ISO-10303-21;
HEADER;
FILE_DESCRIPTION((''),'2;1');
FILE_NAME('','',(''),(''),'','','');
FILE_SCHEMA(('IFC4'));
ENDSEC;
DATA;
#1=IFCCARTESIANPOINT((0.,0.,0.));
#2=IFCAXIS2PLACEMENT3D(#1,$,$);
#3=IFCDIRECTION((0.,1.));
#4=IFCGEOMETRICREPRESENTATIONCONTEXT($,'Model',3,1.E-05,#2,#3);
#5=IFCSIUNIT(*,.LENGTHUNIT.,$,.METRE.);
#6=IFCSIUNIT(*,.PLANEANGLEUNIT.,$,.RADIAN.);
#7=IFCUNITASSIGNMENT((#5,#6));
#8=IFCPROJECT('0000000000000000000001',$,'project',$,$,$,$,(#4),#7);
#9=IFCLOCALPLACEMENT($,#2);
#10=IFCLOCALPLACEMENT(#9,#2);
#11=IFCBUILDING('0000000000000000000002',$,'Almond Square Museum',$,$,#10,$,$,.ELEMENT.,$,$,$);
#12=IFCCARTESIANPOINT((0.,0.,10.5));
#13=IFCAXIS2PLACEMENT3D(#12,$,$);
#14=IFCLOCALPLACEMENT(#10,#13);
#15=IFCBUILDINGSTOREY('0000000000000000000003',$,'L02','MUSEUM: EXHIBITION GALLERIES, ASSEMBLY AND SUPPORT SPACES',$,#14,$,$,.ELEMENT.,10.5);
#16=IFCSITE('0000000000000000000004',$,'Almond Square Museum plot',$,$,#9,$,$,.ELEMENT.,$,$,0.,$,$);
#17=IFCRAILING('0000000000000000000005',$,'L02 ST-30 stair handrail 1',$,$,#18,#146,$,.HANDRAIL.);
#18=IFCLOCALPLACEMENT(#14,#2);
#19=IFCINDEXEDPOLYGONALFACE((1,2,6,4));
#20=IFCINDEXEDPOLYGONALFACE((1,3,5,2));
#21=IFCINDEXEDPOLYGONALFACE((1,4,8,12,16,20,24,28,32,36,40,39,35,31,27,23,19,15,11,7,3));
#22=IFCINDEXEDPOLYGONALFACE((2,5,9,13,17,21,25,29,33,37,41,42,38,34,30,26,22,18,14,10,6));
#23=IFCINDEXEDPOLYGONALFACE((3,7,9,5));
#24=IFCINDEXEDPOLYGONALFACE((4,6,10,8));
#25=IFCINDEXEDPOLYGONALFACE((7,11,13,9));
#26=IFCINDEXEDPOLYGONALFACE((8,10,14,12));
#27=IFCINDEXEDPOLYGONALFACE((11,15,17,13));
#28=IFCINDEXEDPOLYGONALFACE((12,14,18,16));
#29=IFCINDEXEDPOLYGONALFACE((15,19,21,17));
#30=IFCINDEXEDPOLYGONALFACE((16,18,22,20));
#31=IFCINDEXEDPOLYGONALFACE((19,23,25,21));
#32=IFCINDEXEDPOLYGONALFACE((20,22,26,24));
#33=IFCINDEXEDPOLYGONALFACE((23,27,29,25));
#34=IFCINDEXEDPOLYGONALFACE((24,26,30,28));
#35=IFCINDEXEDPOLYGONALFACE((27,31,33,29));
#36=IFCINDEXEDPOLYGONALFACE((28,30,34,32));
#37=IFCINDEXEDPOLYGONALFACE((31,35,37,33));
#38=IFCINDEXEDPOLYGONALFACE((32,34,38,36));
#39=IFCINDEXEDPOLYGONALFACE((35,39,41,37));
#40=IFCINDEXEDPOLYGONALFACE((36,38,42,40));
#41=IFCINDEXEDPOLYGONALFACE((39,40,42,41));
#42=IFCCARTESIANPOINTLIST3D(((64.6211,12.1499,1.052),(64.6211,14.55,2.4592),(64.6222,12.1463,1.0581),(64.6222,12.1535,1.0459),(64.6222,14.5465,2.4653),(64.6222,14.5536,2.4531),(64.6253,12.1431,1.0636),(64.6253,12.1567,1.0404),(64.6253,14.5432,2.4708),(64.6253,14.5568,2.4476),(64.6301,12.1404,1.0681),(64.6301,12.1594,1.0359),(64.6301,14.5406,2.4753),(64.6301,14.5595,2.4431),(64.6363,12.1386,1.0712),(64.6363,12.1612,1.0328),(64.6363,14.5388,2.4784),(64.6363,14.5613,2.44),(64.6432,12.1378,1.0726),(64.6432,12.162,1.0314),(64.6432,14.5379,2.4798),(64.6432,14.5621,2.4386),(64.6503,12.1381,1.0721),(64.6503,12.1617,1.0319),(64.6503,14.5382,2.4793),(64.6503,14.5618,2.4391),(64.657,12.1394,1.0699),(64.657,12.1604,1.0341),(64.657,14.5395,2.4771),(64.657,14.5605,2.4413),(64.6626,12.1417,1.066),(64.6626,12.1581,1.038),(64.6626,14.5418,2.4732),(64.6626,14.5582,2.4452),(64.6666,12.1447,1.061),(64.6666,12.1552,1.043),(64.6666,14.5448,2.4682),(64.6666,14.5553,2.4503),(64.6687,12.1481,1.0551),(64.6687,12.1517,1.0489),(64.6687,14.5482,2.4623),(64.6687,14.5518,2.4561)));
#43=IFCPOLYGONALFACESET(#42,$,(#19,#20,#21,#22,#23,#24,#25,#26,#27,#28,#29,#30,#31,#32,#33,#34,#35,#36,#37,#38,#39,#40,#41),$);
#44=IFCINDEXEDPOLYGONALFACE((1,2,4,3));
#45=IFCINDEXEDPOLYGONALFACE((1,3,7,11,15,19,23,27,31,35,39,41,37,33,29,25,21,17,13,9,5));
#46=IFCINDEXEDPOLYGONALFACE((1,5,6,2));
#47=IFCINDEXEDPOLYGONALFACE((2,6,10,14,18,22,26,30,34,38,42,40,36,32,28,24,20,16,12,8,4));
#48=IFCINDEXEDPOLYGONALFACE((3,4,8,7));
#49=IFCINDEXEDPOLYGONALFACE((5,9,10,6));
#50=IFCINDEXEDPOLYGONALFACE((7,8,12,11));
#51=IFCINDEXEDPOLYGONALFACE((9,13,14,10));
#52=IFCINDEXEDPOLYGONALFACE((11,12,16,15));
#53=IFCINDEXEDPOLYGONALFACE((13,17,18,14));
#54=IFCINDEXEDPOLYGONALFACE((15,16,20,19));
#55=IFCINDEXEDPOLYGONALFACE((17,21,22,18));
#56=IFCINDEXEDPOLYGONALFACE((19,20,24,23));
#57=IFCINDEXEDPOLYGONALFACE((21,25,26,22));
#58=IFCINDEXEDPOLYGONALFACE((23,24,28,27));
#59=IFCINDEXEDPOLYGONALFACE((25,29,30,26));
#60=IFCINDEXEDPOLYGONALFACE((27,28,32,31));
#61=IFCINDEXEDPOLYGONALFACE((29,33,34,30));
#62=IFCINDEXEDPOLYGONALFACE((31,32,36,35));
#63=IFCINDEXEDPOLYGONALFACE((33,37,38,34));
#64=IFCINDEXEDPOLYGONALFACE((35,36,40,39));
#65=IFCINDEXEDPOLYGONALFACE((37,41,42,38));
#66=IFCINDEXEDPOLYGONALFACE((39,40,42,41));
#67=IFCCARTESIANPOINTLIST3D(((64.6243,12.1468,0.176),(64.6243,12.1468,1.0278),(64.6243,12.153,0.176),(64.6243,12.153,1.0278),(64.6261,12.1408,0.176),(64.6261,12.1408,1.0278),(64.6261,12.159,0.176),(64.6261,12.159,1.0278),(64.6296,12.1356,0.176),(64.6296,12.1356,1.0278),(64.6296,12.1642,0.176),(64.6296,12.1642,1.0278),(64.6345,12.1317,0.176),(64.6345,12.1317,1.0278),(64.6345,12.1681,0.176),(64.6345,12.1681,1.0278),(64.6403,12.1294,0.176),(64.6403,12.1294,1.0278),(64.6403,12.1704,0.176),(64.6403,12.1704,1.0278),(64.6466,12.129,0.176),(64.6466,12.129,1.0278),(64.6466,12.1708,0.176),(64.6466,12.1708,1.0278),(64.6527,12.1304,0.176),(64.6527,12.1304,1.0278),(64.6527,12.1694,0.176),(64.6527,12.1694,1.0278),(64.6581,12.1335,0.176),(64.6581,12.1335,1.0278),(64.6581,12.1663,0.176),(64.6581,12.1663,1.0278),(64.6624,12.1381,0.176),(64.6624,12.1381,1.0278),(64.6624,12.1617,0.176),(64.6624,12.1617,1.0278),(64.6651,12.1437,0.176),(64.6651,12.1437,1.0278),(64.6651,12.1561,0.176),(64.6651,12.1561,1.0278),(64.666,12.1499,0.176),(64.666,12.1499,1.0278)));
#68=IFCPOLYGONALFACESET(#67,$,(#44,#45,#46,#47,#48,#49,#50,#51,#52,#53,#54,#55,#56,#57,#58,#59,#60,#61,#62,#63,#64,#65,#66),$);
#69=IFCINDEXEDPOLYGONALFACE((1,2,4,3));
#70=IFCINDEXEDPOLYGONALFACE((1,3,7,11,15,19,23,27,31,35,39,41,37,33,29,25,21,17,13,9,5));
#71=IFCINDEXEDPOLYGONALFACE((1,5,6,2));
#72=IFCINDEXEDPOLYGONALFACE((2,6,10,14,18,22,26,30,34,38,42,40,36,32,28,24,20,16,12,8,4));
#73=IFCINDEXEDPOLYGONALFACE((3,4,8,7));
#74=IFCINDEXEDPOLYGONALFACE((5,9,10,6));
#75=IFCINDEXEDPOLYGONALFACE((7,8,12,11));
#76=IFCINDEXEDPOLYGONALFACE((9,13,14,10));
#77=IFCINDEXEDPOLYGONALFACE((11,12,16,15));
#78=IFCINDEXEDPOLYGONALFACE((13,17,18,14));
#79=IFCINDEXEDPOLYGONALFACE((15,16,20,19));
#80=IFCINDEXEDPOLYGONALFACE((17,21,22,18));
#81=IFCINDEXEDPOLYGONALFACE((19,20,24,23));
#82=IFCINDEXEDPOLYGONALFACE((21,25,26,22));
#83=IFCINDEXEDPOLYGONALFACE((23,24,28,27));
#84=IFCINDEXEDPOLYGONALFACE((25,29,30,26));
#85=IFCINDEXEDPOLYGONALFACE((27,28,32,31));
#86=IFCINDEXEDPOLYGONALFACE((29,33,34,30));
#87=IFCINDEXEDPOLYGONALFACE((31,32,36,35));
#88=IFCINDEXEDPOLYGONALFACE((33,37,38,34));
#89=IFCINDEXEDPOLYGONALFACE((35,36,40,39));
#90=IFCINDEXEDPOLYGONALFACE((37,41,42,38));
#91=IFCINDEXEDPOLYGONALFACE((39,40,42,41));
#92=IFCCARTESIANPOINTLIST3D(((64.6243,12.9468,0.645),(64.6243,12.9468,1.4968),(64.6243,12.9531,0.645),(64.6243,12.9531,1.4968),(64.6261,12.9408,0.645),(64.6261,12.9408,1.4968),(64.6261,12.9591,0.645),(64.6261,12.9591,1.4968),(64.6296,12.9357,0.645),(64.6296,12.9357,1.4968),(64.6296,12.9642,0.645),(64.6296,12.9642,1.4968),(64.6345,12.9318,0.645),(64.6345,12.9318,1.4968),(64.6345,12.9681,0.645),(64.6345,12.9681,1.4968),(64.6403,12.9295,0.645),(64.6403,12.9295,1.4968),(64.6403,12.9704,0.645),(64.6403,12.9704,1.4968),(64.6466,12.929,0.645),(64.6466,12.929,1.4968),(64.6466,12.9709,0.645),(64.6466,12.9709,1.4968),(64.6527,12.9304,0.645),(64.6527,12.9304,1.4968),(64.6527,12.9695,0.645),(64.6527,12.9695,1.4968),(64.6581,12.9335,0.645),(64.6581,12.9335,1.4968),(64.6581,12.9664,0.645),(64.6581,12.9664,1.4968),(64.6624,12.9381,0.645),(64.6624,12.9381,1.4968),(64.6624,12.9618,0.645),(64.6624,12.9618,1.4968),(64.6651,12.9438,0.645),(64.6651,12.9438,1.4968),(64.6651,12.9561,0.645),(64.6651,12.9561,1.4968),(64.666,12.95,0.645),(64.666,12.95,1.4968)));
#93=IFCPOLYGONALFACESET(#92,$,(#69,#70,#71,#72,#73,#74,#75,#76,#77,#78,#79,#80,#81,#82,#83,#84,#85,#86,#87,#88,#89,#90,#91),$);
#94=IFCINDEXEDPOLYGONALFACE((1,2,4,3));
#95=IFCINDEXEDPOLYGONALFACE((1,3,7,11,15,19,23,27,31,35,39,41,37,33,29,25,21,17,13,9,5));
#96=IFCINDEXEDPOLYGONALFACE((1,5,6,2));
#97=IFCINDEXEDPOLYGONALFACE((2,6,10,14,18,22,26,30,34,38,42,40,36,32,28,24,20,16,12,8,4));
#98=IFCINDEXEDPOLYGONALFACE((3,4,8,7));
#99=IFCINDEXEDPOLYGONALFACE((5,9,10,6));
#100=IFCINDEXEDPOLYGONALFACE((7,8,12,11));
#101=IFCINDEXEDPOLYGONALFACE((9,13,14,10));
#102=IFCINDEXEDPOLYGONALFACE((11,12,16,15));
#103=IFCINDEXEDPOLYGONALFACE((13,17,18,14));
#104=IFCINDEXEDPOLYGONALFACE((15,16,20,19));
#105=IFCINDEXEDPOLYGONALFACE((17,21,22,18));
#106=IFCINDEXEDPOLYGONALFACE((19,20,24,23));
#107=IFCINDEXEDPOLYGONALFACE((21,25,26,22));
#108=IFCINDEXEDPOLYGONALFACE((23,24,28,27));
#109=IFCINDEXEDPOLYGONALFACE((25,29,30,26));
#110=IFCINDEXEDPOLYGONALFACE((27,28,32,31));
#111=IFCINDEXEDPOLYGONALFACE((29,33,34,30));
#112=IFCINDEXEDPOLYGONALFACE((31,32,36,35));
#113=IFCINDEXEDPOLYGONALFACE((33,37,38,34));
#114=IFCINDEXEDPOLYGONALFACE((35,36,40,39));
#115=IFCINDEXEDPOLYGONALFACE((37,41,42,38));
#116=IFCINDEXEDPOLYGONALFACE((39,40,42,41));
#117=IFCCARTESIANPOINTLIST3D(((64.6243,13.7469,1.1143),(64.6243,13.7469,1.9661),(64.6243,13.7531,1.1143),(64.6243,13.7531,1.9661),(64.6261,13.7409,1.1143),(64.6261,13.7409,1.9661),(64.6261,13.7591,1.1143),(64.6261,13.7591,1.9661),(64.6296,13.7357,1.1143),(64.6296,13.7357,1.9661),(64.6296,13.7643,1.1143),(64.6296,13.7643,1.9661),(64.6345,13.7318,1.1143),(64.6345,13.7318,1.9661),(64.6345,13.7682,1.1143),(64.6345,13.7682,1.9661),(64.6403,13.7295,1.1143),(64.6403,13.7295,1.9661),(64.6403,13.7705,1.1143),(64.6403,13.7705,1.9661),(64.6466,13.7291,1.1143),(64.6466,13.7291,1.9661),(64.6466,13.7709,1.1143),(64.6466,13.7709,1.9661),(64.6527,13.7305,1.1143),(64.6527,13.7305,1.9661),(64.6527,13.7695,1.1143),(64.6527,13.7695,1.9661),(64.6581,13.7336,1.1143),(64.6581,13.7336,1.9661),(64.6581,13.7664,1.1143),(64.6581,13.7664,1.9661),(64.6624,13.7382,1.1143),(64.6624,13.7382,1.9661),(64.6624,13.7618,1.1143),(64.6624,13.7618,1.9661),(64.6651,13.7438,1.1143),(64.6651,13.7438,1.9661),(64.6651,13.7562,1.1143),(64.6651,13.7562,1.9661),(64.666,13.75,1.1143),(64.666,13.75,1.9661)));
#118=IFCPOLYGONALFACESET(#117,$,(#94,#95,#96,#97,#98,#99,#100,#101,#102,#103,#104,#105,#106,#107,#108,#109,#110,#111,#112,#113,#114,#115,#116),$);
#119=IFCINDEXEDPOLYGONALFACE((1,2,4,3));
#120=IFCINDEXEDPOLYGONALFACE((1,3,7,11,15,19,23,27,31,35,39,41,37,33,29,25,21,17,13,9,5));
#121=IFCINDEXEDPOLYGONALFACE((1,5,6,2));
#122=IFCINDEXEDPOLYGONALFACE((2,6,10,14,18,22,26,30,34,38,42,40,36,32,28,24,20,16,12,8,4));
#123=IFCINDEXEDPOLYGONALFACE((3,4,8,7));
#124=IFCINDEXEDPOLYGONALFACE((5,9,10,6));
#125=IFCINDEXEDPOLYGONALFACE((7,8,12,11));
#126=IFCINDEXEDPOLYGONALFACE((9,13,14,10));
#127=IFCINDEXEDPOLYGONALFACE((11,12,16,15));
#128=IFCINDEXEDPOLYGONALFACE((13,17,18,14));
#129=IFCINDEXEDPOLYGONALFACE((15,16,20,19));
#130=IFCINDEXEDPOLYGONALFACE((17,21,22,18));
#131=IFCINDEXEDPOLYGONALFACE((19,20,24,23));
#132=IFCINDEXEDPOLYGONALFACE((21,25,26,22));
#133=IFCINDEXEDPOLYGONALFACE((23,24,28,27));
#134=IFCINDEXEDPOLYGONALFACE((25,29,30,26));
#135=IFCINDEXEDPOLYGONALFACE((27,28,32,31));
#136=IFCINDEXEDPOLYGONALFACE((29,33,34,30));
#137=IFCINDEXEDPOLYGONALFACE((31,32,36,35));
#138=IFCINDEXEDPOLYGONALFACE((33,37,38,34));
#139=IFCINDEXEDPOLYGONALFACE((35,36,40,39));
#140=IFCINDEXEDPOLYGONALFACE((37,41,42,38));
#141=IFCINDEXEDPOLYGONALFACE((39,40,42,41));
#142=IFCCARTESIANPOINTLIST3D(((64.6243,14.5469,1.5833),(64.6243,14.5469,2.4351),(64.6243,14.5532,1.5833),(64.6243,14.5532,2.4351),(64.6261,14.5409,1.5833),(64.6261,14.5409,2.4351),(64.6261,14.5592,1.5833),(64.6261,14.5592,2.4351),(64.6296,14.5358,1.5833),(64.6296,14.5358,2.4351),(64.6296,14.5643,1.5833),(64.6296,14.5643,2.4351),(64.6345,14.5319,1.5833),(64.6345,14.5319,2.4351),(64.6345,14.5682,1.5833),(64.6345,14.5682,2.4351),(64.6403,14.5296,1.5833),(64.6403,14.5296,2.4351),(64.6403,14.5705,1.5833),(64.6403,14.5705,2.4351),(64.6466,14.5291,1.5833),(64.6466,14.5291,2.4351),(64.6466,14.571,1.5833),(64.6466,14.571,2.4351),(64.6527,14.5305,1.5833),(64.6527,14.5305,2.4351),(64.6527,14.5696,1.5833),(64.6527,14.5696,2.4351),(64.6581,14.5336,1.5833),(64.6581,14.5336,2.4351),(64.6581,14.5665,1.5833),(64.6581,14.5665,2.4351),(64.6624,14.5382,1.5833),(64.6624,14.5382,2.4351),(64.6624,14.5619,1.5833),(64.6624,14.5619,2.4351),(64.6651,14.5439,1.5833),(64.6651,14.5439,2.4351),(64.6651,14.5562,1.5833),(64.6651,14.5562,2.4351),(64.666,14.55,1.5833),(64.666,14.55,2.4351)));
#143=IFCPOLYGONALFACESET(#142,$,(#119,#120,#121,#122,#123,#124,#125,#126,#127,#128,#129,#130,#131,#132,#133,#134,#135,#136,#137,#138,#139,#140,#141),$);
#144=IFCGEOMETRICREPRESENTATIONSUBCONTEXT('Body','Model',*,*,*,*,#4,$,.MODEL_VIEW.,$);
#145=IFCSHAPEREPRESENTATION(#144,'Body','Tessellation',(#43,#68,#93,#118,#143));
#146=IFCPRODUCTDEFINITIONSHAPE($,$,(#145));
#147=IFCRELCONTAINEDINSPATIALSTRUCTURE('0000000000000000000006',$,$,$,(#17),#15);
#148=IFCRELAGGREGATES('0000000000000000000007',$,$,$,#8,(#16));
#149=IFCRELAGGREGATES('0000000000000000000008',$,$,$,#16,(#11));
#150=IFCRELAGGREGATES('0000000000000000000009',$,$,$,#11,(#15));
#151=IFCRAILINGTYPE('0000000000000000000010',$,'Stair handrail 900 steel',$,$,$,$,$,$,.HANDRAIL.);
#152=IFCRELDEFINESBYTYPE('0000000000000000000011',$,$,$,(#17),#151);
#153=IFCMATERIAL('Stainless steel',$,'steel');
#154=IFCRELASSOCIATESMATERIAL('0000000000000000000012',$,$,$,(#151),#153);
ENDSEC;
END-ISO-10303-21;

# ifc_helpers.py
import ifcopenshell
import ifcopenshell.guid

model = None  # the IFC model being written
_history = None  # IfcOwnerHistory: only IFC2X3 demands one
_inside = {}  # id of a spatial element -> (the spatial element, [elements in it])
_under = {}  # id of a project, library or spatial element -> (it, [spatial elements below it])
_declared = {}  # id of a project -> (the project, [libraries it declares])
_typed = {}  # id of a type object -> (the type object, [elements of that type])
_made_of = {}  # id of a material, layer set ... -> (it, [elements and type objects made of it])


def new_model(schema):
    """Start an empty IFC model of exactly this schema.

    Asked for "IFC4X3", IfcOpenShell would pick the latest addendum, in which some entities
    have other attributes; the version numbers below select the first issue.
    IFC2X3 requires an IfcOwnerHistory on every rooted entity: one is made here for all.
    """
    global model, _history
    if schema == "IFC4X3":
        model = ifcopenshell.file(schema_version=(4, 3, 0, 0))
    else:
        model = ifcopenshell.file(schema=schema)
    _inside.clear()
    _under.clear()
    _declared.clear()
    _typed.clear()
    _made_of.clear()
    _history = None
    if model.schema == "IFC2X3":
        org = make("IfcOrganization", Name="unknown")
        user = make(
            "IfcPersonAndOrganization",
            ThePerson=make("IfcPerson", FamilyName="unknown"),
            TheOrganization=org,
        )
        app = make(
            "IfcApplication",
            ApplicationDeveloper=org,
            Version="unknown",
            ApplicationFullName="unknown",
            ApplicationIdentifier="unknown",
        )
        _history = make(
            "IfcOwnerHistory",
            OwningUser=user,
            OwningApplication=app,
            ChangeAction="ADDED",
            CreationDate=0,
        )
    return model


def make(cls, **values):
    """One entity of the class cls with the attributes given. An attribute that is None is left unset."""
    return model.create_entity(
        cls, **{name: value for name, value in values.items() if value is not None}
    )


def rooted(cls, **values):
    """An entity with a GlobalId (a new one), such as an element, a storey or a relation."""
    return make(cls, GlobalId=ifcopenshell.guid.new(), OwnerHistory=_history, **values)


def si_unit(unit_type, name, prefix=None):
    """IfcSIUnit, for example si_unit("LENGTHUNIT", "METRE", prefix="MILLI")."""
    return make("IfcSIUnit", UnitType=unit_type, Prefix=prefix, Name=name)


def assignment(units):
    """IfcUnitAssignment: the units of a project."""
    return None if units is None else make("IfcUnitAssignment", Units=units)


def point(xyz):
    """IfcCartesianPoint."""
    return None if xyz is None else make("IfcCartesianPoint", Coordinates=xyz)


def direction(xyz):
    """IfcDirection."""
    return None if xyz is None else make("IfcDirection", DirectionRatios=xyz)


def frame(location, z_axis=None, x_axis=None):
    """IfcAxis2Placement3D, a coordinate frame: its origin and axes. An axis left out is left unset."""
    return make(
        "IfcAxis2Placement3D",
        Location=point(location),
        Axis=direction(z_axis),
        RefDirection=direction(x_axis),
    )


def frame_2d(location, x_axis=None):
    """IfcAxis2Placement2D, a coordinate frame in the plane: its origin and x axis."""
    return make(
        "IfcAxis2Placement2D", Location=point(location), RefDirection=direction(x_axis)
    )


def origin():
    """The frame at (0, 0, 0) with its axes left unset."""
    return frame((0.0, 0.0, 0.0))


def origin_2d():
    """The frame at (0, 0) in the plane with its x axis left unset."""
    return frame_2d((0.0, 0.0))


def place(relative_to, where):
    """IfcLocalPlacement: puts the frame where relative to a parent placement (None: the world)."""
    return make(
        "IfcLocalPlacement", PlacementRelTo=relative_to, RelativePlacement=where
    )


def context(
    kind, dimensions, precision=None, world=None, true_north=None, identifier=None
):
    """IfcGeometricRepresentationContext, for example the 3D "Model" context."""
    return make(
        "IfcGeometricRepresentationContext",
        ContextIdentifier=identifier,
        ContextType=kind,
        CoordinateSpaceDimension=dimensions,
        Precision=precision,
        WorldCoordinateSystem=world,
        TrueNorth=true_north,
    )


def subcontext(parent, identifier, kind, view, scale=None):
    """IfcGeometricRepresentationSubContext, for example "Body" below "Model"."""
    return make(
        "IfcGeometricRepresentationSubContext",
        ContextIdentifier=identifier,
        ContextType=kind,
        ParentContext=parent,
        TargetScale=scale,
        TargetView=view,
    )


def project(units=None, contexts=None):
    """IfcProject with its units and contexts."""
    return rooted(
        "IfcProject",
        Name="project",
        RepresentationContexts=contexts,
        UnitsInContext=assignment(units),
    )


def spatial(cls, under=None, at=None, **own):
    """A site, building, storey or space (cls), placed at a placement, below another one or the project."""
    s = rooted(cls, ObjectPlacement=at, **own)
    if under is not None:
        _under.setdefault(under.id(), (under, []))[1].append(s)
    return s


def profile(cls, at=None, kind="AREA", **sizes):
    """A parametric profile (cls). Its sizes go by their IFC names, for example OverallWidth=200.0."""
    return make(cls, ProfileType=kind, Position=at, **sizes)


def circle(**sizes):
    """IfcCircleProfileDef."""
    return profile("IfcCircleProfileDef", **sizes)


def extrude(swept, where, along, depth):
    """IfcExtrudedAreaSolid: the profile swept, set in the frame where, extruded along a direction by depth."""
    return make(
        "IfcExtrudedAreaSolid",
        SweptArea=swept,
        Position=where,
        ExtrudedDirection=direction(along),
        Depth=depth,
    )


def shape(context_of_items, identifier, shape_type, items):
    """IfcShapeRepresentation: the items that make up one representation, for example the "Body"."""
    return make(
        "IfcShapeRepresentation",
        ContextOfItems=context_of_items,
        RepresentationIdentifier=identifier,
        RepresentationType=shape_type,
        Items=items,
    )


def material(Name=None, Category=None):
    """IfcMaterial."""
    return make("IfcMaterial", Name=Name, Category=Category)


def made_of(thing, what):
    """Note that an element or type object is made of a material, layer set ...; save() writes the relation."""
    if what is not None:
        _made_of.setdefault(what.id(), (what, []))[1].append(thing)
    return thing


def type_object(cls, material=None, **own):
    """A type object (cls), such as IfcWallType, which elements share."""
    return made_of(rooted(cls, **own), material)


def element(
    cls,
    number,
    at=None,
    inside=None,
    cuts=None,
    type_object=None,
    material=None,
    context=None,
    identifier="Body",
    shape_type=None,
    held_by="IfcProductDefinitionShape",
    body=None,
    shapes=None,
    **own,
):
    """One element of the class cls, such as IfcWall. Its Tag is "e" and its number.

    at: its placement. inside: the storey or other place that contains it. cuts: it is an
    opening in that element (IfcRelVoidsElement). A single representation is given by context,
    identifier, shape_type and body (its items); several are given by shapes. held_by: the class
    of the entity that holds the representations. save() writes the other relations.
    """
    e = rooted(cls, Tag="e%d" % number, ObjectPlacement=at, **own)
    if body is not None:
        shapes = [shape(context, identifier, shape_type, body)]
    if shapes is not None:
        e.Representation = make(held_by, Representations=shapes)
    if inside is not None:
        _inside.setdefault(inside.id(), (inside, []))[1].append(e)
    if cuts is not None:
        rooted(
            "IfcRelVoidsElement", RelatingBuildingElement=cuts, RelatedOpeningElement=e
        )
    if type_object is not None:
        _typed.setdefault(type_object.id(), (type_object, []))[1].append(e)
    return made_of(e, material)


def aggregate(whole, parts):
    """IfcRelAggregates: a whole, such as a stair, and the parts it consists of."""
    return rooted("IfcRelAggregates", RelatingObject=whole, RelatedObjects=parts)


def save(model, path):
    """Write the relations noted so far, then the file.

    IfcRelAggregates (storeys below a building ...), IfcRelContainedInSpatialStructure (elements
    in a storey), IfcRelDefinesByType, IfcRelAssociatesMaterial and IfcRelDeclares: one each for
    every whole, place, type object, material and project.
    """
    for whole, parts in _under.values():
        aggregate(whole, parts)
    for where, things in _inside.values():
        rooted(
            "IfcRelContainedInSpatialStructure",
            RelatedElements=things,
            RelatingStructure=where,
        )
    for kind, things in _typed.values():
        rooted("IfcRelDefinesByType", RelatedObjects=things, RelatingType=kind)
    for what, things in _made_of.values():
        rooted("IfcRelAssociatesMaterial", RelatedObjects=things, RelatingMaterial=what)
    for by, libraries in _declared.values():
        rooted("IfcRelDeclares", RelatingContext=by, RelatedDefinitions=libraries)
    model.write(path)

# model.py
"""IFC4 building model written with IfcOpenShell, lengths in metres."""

from ifc_helpers import new_model, si_unit, direction, frame, origin, origin_2d, place, context, subcontext, project, spatial, circle, extrude, material, type_object, element, save


model = new_model("IFC4")

# Units and contexts
model_context = context("Model", 3, precision=1e-05, world=origin(), true_north=direction((0.0, 1.0)))
body_context = subcontext(model_context, "Body", "Model", "MODEL_VIEW")
ifc_project = project(units=[si_unit("LENGTHUNIT", "METRE"), si_unit("PLANEANGLEUNIT", "RADIAN")], contexts=[model_context])

# Site, building, storey
site_placement = place(None, origin())
site = spatial("IfcSite", under=ifc_project, at=site_placement, Name="Almond Square Museum plot", CompositionType="ELEMENT", RefElevation=0.0)
building_placement = place(site_placement, origin())
building = spatial("IfcBuilding", under=site, at=building_placement, Name="Almond Square Museum", CompositionType="ELEMENT")
storey_placement = place(building_placement, frame((0.0, 0.0, 10.5)))
storey = spatial("IfcBuildingStorey", under=building, at=storey_placement, Name="L02", Description="MUSEUM: EXHIBITION GALLERIES, ASSEMBLY AND SUPPORT SPACES", CompositionType="ELEMENT", Elevation=10.5)

# Railing
ifc_material_1 = material(Name="Stainless steel", Category="steel")
railing_type_1 = type_object("IfcRailingType", Name="Stair handrail 900 steel", PredefinedType="HANDRAIL", material=ifc_material_1)
railing_placement = place(storey_placement, frame((64.645, 12.1499, 0.176)))
element("IfcRailing", 1, at=railing_placement, inside=storey, type_object=railing_type_1, Name="L02 ST-30 stair handrail 1", PredefinedType="HANDRAIL", context=body_context, shape_type="SweptSolid", body=[
    extrude(circle(Radius=0.0239, at=origin_2d()), frame((0.0, 0.0, 0.876), z_axis=(0.0, 0.86266, 0.505785), x_axis=(-1.0, 0.0, 0.0)), (0.0, 0.0, 1.0), 2.7822),
    extrude(circle(Radius=0.021, at=origin_2d()), origin(), (0.0, 0.0, 1.0), 0.8518),
    extrude(circle(Radius=0.021, at=origin_2d()), frame((0.0, 0.8, 0.469)), (0.0, 0.0, 1.0), 0.8518),
    extrude(circle(Radius=0.021, at=origin_2d()), frame((0.0, 1.6001, 0.9382)), (0.0, 0.0, 1.0), 0.8518),
    extrude(circle(Radius=0.021, at=origin_2d()), frame((0.0, 2.4001, 1.4072)), (0.0, 0.0, 1.0), 0.8518),
])

save(model, "model.ifc")
